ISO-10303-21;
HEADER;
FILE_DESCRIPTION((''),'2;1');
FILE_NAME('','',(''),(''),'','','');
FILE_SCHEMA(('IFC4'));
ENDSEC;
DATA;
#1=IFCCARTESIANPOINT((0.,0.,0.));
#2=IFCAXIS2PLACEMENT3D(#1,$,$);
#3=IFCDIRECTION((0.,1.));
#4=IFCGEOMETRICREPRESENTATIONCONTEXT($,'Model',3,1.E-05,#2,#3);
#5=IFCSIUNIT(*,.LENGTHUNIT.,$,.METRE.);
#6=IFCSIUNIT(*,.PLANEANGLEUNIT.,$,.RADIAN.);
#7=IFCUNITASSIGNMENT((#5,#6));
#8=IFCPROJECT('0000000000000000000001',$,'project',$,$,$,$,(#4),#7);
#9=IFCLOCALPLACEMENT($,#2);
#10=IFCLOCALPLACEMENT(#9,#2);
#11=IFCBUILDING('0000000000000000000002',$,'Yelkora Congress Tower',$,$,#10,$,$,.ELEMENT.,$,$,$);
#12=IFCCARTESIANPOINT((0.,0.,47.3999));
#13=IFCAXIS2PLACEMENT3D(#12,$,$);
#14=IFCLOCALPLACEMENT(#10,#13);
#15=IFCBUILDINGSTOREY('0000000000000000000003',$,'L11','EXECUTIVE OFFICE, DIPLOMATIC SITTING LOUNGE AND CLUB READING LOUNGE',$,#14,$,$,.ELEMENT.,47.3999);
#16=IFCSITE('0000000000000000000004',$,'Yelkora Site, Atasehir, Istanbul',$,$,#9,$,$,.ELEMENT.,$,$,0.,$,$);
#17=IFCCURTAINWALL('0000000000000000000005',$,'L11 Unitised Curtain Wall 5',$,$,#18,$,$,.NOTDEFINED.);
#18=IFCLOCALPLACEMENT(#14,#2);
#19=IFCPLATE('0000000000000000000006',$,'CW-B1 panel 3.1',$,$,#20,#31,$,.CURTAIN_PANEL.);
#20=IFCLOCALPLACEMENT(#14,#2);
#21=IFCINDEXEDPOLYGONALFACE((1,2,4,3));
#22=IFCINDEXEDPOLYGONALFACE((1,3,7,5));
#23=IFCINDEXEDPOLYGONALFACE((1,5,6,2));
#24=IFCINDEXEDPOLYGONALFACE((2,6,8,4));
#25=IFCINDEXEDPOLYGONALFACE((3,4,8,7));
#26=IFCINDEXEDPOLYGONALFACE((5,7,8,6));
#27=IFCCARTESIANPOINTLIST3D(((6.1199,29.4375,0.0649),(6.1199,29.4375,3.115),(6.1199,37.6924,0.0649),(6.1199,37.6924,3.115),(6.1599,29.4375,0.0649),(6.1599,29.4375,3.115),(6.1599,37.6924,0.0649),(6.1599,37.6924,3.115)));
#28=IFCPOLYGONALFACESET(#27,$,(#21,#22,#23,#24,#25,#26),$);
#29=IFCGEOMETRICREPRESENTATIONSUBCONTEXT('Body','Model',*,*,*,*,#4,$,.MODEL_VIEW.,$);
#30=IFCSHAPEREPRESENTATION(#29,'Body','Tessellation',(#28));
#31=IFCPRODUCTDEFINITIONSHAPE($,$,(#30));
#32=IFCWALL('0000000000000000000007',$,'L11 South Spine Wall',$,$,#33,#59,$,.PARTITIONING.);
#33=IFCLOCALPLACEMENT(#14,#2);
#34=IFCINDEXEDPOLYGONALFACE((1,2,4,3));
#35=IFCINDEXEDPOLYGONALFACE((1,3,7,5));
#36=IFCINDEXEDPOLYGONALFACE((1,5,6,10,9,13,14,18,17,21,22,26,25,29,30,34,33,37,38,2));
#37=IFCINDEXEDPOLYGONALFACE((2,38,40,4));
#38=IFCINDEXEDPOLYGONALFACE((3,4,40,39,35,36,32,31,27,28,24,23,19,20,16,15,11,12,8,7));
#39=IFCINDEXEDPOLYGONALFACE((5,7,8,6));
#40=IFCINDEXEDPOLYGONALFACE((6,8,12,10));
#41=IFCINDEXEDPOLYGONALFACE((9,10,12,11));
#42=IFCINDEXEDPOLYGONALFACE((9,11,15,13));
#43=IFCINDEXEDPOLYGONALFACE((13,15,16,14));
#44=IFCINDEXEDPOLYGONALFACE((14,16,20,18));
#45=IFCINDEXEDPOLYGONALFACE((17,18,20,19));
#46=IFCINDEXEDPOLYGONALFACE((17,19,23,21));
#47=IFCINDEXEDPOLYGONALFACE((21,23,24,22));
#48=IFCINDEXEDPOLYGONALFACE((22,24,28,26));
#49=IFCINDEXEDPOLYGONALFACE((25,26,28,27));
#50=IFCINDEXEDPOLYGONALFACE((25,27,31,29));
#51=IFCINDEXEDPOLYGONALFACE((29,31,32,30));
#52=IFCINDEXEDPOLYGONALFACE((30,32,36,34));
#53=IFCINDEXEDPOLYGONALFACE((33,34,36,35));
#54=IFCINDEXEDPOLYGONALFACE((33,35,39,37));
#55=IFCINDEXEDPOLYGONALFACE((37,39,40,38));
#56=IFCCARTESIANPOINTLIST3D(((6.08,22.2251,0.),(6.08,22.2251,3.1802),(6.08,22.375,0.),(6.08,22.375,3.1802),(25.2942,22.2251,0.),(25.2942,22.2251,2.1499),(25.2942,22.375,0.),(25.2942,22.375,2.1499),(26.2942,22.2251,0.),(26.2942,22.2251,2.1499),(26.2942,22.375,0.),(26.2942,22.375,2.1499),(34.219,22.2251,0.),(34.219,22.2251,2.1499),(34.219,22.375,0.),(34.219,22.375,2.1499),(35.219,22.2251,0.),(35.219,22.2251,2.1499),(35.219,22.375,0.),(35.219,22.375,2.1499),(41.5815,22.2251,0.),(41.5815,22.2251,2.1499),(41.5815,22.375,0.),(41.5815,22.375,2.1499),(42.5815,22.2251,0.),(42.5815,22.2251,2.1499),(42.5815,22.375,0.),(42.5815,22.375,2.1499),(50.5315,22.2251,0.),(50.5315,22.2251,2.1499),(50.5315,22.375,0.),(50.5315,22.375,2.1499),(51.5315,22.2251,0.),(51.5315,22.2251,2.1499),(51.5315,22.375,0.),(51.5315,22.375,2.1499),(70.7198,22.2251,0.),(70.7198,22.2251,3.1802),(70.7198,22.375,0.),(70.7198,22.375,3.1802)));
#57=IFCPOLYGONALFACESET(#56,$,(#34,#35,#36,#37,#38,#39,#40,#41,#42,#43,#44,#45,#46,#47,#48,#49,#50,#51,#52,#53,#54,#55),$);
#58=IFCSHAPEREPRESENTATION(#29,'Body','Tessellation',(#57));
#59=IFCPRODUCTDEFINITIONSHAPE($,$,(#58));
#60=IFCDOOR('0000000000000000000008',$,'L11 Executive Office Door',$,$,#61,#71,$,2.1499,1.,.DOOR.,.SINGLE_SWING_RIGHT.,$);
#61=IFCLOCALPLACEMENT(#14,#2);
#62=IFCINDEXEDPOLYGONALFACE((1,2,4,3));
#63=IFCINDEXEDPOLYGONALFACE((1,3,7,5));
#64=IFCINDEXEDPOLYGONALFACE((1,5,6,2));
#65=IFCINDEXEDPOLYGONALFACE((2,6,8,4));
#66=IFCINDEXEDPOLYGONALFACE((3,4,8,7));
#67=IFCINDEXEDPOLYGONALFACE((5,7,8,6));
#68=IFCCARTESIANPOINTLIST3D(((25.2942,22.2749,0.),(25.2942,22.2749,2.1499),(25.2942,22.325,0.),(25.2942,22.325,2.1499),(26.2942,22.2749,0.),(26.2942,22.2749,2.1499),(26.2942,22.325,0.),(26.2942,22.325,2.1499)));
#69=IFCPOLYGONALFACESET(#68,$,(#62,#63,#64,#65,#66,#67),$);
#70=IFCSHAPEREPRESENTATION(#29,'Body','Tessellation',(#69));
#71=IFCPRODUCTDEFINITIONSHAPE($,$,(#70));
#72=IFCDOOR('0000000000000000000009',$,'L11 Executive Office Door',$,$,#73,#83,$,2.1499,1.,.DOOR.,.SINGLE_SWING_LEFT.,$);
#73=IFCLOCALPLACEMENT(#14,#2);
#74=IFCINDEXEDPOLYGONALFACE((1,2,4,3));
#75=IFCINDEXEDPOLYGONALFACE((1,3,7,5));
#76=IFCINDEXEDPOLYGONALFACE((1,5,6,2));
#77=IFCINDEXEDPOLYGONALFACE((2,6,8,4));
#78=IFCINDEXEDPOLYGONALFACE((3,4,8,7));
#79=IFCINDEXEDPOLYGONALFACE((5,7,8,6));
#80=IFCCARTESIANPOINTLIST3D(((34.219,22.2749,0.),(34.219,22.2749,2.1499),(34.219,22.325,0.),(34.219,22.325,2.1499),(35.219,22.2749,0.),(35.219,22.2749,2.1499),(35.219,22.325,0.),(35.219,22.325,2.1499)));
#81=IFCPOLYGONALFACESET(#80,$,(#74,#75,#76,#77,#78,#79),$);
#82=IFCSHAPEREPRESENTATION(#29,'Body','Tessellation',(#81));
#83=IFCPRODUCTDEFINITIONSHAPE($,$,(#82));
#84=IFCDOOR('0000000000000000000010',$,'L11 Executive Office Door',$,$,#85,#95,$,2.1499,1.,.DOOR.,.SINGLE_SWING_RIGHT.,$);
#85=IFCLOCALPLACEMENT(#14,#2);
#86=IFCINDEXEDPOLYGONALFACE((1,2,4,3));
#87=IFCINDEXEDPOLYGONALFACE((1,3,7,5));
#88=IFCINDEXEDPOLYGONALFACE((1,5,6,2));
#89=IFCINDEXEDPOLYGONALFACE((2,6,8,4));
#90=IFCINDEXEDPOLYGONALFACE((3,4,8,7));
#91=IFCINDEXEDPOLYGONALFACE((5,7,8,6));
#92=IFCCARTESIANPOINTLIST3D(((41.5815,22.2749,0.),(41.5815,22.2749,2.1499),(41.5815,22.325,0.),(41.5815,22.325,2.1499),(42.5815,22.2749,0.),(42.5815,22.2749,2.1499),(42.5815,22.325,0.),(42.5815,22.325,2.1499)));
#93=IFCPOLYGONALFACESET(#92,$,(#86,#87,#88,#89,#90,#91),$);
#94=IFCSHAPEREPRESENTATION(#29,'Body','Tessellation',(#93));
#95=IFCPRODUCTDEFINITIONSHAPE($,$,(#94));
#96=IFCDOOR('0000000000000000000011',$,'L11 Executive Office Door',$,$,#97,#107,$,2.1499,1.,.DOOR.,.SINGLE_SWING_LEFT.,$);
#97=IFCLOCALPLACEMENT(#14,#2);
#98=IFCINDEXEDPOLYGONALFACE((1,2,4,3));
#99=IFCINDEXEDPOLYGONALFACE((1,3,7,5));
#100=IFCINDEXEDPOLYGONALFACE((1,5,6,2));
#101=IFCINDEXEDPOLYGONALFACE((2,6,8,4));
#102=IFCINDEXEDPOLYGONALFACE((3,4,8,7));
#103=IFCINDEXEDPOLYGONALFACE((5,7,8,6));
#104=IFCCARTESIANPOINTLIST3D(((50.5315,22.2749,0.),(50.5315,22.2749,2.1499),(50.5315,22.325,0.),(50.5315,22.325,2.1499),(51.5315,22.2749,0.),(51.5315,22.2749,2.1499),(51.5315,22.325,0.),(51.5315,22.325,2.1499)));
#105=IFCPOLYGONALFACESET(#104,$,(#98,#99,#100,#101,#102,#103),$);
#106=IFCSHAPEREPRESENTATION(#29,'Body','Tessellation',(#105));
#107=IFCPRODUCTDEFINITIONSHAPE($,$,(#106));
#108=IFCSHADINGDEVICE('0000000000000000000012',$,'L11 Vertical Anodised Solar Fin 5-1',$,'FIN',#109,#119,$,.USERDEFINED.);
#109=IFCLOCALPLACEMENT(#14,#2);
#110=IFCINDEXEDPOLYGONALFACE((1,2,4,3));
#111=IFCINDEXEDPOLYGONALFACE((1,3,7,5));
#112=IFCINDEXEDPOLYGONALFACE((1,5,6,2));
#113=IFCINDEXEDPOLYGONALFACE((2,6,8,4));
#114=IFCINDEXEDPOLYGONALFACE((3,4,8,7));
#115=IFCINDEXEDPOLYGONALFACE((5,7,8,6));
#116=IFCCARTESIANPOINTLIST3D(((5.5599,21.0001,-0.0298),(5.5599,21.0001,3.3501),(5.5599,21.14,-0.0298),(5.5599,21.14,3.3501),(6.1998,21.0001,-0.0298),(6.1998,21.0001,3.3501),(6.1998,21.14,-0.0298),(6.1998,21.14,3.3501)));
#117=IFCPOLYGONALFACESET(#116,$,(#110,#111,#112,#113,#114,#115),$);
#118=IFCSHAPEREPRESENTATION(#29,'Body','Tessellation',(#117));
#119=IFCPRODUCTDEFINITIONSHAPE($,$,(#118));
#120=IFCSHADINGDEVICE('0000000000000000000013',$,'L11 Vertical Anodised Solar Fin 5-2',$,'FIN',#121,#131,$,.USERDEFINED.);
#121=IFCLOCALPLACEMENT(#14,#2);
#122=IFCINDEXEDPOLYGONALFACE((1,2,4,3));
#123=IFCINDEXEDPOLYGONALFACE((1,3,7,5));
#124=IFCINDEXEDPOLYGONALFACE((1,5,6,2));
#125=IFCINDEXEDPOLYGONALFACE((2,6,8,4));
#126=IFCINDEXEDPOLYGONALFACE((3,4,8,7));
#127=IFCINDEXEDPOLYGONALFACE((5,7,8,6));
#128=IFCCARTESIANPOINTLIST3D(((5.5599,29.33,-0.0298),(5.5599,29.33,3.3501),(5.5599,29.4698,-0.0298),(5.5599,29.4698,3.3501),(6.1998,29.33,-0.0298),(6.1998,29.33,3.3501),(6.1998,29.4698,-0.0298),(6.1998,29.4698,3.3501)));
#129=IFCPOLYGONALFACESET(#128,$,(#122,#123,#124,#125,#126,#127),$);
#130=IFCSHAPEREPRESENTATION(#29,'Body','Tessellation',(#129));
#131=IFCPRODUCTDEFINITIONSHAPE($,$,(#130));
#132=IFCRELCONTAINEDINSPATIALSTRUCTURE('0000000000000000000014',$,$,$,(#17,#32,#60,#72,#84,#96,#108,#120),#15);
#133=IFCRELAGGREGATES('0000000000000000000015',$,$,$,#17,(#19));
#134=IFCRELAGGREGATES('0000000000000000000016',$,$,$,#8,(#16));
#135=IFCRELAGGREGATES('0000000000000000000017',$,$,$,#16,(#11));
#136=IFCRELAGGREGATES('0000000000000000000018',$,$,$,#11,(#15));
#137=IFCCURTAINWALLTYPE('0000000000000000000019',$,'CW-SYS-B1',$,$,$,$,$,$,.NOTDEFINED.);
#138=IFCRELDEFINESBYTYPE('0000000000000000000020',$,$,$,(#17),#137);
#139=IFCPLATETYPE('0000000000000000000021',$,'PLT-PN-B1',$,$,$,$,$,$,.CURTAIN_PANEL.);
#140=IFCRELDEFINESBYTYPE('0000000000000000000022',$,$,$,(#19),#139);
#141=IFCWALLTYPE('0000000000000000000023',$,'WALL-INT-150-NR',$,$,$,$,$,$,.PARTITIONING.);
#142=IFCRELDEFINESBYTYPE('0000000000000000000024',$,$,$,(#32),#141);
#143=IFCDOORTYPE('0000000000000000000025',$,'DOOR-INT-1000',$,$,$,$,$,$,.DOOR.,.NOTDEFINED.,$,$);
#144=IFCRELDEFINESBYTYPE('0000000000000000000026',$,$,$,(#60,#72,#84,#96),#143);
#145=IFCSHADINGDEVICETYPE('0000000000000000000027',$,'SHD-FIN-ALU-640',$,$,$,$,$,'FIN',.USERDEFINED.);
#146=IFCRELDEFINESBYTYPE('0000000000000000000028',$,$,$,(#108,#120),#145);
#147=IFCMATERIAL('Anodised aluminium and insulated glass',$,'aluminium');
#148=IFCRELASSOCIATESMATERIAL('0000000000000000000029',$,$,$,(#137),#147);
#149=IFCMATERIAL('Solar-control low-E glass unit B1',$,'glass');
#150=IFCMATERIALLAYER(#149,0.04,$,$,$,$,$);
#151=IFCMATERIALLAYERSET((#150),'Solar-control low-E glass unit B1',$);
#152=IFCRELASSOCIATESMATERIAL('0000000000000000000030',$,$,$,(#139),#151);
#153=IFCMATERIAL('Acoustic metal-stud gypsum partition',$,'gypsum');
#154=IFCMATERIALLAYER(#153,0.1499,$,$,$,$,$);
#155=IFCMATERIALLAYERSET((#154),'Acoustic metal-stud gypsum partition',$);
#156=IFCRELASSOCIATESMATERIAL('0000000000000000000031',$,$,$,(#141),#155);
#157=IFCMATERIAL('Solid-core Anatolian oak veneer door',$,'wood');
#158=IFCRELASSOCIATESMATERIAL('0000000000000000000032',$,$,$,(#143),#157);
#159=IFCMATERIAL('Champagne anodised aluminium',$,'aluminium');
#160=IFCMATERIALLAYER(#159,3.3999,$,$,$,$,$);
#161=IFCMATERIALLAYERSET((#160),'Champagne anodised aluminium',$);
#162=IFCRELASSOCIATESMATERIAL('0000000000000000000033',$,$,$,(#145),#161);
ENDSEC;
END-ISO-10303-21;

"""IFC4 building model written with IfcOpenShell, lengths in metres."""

from ifc_helpers import new_model, si_unit, direction, frame, frame_2d, origin, origin_2d, place, context, subcontext, project, spatial, rectangle, extrude, material, layer, layer_set, type_object, element, fill, aggregate, save


model = new_model("IFC4")

# Units and contexts
model_context = context("Model", 3, precision=1e-05, world=origin(), true_north=direction((0.0, 1.0)))
body_context = subcontext(model_context, "Body", "Model", "MODEL_VIEW")
ifc_project = project(units=[si_unit("LENGTHUNIT", "METRE"), si_unit("PLANEANGLEUNIT", "RADIAN")], contexts=[model_context])

# Site, building, storey
site_placement = place(None, origin())
site = spatial("IfcSite", under=ifc_project, at=site_placement, Name="Yelkora Site, Atasehir, Istanbul", CompositionType="ELEMENT", RefElevation=0.0)
building_placement = place(site_placement, origin())
building = spatial("IfcBuilding", under=site, at=building_placement, Name="Yelkora Congress Tower", CompositionType="ELEMENT")
storey_placement = place(building_placement, frame((0.0, 0.0, 47.3999)))
storey = spatial("IfcBuildingStorey", under=building, at=storey_placement, Name="L11", Description="EXECUTIVE OFFICE, DIPLOMATIC SITTING LOUNGE AND CLUB READING LOUNGE", CompositionType="ELEMENT", Elevation=47.3999)

# Curtain wall, plate
ifc_material_1 = material(Name="Anodised aluminium and insulated glass", Category="aluminium")
curtain_wall_type = type_object("IfcCurtainWallType", Name="CW-SYS-B1", PredefinedType="NOTDEFINED", material=ifc_material_1)
curtain_wall_placement = place(storey_placement, origin())
curtain_wall = element("IfcCurtainWall", 1, at=curtain_wall_placement, inside=storey, type_object=curtain_wall_type, Name="L11 Unitised Curtain Wall 5", PredefinedType="NOTDEFINED")
ifc_material_2 = material(Name="Solar-control low-E glass unit B1", Category="glass")
ifc_layer_1 = layer(ifc_material_2, 0.04)
ifc_layer_set_1 = layer_set([ifc_layer_1], Name="Solar-control low-E glass unit B1")
plate_type = type_object("IfcPlateType", Name="PLT-PN-B1", PredefinedType="CURTAIN_PANEL", material=ifc_layer_set_1)
plate_1_placement = place(storey_placement, frame((6.1399, 33.5649, 0.0649), z_axis=(0.0, 0.0, 1.0), x_axis=(0.0, 1.0, 0.0)))
plate_1 = element("IfcPlate", 2, at=plate_1_placement, type_object=plate_type, Name="CW-B1 panel 3.1", PredefinedType="CURTAIN_PANEL", context=body_context, shape_type="SweptSolid", body=[
    extrude(rectangle(XDim=8.2549, YDim=0.04, at=origin_2d()), origin(), (0.0, 0.0, 1.0), 3.05),
])
aggregate(curtain_wall, [plate_1])

# Wall, openings, doors
ifc_material_3 = material(Name="Acoustic metal-stud gypsum partition", Category="gypsum")
ifc_layer_2 = layer(ifc_material_3, 0.1499)
ifc_layer_set_2 = layer_set([ifc_layer_2], Name="Acoustic metal-stud gypsum partition")
wall_type = type_object("IfcWallType", Name="WALL-INT-150-NR", PredefinedType="PARTITIONING", material=ifc_layer_set_2)
wall_placement = place(storey_placement, frame((6.0801, 22.3, 0.0), z_axis=(0.0, 0.0, 1.0), x_axis=(1.0, 0.0, 0.0)))
wall = element("IfcWall", 3, at=wall_placement, inside=storey, type_object=wall_type, Name="L11 South Spine Wall", PredefinedType="PARTITIONING", context=body_context, shape_type="SweptSolid", body=[
    extrude(rectangle(XDim=64.6399, YDim=0.1499, at=frame_2d((32.3198, 0.0))), origin(), (0.0, 0.0, 1.0), 3.1802),
])
opening_1_placement = place(wall_placement, frame((19.2141, 0.0, 0.0)))
opening_1 = element("IfcOpeningElement", 4, at=opening_1_placement, cuts=wall, PredefinedType="OPENING", context=body_context, shape_type="SweptSolid", body=[
    extrude(rectangle(XDim=1.0, YDim=2.1499, at=frame_2d((0.5, 1.075))), frame((0.0, 0.085, 0.0), z_axis=(0.0, -1.0, 0.0), x_axis=(1.0, 0.0, 0.0)), (0.0, 0.0, 1.0), 0.1699),
])
opening_2_placement = place(wall_placement, frame((28.1389, 0.0, 0.0)))
opening_2 = element("IfcOpeningElement", 5, at=opening_2_placement, cuts=wall, PredefinedType="OPENING", context=body_context, shape_type="SweptSolid", body=[
    extrude(rectangle(XDim=1.0, YDim=2.1499, at=frame_2d((0.5, 1.075))), frame((0.0, 0.085, 0.0), z_axis=(0.0, -1.0, 0.0), x_axis=(1.0, 0.0, 0.0)), (0.0, 0.0, 1.0), 0.1699),
])
opening_3_placement = place(wall_placement, frame((35.5015, 0.0, 0.0)))
opening_3 = element("IfcOpeningElement", 6, at=opening_3_placement, cuts=wall, PredefinedType="OPENING", context=body_context, shape_type="SweptSolid", body=[
    extrude(rectangle(XDim=1.0, YDim=2.1499, at=frame_2d((0.5, 1.075))), frame((0.0, 0.085, 0.0), z_axis=(0.0, -1.0, 0.0), x_axis=(1.0, 0.0, 0.0)), (0.0, 0.0, 1.0), 0.1699),
])
opening_4_placement = place(wall_placement, frame((44.4514, 0.0, 0.0)))
opening_4 = element("IfcOpeningElement", 7, at=opening_4_placement, cuts=wall, PredefinedType="OPENING", context=body_context, shape_type="SweptSolid", body=[
    extrude(rectangle(XDim=1.0, YDim=2.1499, at=frame_2d((0.5, 1.075))), frame((0.0, 0.085, 0.0), z_axis=(0.0, -1.0, 0.0), x_axis=(1.0, 0.0, 0.0)), (0.0, 0.0, 1.0), 0.1699),
])
ifc_material_4 = material(Name="Solid-core Anatolian oak veneer door", Category="wood")
door_type = type_object("IfcDoorType", Name="DOOR-INT-1000", OperationType="NOTDEFINED", PredefinedType="DOOR", material=ifc_material_4)
door_1_placement = place(opening_1_placement, origin())
door_1 = element("IfcDoor", 8, at=door_1_placement, inside=storey, type_object=door_type, Name="L11 Executive Office Door", OperationType="SINGLE_SWING_RIGHT", OverallHeight=2.1499, OverallWidth=1.0, PredefinedType="DOOR", context=body_context, shape_type="SweptSolid", body=[
    extrude(rectangle(XDim=1.0, YDim=2.1499, at=frame_2d((0.5, 1.075))), frame((0.0, 0.0249, 0.0), z_axis=(0.0, -1.0, 0.0), x_axis=(1.0, 0.0, 0.0)), (0.0, 0.0, 1.0), 0.05),
])
fill(opening_1, door_1)
door_2_placement = place(opening_2_placement, origin())
door_2 = element("IfcDoor", 9, at=door_2_placement, inside=storey, type_object=door_type, Name="L11 Executive Office Door", OperationType="SINGLE_SWING_LEFT", OverallHeight=2.1499, OverallWidth=1.0, PredefinedType="DOOR", context=body_context, shape_type="SweptSolid", body=[
    extrude(rectangle(XDim=1.0, YDim=2.1499, at=frame_2d((0.5, 1.075))), frame((0.0, 0.0249, 0.0), z_axis=(0.0, -1.0, 0.0), x_axis=(1.0, 0.0, 0.0)), (0.0, 0.0, 1.0), 0.05),
])
fill(opening_2, door_2)
door_3_placement = place(opening_3_placement, origin())
door_3 = element("IfcDoor", 10, at=door_3_placement, inside=storey, type_object=door_type, Name="L11 Executive Office Door", OperationType="SINGLE_SWING_RIGHT", OverallHeight=2.1499, OverallWidth=1.0, PredefinedType="DOOR", context=body_context, shape_type="SweptSolid", body=[
    extrude(rectangle(XDim=1.0, YDim=2.1499, at=frame_2d((0.5, 1.075))), frame((0.0, 0.0249, 0.0), z_axis=(0.0, -1.0, 0.0), x_axis=(1.0, 0.0, 0.0)), (0.0, 0.0, 1.0), 0.05),
])
fill(opening_3, door_3)
door_4_placement = place(opening_4_placement, origin())
door_4 = element("IfcDoor", 11, at=door_4_placement, inside=storey, type_object=door_type, Name="L11 Executive Office Door", OperationType="SINGLE_SWING_LEFT", OverallHeight=2.1499, OverallWidth=1.0, PredefinedType="DOOR", context=body_context, shape_type="SweptSolid", body=[
    extrude(rectangle(XDim=1.0, YDim=2.1499, at=frame_2d((0.5, 1.075))), frame((0.0, 0.0249, 0.0), z_axis=(0.0, -1.0, 0.0), x_axis=(1.0, 0.0, 0.0)), (0.0, 0.0, 1.0), 0.05),
])
fill(opening_4, door_4)

# Shading devices
ifc_material_5 = material(Name="Champagne anodised aluminium", Category="aluminium")
ifc_layer_3 = layer(ifc_material_5, 3.3999)
ifc_layer_set_3 = layer_set([ifc_layer_3], Name="Champagne anodised aluminium")
shading_device_type = type_object("IfcShadingDeviceType", Name="SHD-FIN-ALU-640", ElementType="FIN", PredefinedType="USERDEFINED", material=ifc_layer_set_3)
for number, where, z_axis, x_axis, name in (
    (12, (5.8799, 21.0701, -0.0298), (0.0, 0.0, 1.0), (0.0, 1.0, 0.0), "L11 Vertical Anodised Solar Fin 5-1"),
    (13, (5.8799, 29.3999, -0.0298), (0.0, 0.0, 1.0), (0.0, 1.0, 0.0), "L11 Vertical Anodised Solar Fin 5-2"),
):
    element("IfcShadingDevice", number, at=place(storey_placement, frame(where, z_axis=z_axis, x_axis=x_axis)), inside=storey, type_object=shading_device_type, Name=name, ObjectType="FIN", PredefinedType="USERDEFINED", context=body_context, shape_type="SweptSolid", body=[
        extrude(rectangle(XDim=0.1399, YDim=0.6399, at=origin_2d()), origin(), (0.0, 0.0, 1.0), 3.3799),
    ])

save(model, "model.ifc")
